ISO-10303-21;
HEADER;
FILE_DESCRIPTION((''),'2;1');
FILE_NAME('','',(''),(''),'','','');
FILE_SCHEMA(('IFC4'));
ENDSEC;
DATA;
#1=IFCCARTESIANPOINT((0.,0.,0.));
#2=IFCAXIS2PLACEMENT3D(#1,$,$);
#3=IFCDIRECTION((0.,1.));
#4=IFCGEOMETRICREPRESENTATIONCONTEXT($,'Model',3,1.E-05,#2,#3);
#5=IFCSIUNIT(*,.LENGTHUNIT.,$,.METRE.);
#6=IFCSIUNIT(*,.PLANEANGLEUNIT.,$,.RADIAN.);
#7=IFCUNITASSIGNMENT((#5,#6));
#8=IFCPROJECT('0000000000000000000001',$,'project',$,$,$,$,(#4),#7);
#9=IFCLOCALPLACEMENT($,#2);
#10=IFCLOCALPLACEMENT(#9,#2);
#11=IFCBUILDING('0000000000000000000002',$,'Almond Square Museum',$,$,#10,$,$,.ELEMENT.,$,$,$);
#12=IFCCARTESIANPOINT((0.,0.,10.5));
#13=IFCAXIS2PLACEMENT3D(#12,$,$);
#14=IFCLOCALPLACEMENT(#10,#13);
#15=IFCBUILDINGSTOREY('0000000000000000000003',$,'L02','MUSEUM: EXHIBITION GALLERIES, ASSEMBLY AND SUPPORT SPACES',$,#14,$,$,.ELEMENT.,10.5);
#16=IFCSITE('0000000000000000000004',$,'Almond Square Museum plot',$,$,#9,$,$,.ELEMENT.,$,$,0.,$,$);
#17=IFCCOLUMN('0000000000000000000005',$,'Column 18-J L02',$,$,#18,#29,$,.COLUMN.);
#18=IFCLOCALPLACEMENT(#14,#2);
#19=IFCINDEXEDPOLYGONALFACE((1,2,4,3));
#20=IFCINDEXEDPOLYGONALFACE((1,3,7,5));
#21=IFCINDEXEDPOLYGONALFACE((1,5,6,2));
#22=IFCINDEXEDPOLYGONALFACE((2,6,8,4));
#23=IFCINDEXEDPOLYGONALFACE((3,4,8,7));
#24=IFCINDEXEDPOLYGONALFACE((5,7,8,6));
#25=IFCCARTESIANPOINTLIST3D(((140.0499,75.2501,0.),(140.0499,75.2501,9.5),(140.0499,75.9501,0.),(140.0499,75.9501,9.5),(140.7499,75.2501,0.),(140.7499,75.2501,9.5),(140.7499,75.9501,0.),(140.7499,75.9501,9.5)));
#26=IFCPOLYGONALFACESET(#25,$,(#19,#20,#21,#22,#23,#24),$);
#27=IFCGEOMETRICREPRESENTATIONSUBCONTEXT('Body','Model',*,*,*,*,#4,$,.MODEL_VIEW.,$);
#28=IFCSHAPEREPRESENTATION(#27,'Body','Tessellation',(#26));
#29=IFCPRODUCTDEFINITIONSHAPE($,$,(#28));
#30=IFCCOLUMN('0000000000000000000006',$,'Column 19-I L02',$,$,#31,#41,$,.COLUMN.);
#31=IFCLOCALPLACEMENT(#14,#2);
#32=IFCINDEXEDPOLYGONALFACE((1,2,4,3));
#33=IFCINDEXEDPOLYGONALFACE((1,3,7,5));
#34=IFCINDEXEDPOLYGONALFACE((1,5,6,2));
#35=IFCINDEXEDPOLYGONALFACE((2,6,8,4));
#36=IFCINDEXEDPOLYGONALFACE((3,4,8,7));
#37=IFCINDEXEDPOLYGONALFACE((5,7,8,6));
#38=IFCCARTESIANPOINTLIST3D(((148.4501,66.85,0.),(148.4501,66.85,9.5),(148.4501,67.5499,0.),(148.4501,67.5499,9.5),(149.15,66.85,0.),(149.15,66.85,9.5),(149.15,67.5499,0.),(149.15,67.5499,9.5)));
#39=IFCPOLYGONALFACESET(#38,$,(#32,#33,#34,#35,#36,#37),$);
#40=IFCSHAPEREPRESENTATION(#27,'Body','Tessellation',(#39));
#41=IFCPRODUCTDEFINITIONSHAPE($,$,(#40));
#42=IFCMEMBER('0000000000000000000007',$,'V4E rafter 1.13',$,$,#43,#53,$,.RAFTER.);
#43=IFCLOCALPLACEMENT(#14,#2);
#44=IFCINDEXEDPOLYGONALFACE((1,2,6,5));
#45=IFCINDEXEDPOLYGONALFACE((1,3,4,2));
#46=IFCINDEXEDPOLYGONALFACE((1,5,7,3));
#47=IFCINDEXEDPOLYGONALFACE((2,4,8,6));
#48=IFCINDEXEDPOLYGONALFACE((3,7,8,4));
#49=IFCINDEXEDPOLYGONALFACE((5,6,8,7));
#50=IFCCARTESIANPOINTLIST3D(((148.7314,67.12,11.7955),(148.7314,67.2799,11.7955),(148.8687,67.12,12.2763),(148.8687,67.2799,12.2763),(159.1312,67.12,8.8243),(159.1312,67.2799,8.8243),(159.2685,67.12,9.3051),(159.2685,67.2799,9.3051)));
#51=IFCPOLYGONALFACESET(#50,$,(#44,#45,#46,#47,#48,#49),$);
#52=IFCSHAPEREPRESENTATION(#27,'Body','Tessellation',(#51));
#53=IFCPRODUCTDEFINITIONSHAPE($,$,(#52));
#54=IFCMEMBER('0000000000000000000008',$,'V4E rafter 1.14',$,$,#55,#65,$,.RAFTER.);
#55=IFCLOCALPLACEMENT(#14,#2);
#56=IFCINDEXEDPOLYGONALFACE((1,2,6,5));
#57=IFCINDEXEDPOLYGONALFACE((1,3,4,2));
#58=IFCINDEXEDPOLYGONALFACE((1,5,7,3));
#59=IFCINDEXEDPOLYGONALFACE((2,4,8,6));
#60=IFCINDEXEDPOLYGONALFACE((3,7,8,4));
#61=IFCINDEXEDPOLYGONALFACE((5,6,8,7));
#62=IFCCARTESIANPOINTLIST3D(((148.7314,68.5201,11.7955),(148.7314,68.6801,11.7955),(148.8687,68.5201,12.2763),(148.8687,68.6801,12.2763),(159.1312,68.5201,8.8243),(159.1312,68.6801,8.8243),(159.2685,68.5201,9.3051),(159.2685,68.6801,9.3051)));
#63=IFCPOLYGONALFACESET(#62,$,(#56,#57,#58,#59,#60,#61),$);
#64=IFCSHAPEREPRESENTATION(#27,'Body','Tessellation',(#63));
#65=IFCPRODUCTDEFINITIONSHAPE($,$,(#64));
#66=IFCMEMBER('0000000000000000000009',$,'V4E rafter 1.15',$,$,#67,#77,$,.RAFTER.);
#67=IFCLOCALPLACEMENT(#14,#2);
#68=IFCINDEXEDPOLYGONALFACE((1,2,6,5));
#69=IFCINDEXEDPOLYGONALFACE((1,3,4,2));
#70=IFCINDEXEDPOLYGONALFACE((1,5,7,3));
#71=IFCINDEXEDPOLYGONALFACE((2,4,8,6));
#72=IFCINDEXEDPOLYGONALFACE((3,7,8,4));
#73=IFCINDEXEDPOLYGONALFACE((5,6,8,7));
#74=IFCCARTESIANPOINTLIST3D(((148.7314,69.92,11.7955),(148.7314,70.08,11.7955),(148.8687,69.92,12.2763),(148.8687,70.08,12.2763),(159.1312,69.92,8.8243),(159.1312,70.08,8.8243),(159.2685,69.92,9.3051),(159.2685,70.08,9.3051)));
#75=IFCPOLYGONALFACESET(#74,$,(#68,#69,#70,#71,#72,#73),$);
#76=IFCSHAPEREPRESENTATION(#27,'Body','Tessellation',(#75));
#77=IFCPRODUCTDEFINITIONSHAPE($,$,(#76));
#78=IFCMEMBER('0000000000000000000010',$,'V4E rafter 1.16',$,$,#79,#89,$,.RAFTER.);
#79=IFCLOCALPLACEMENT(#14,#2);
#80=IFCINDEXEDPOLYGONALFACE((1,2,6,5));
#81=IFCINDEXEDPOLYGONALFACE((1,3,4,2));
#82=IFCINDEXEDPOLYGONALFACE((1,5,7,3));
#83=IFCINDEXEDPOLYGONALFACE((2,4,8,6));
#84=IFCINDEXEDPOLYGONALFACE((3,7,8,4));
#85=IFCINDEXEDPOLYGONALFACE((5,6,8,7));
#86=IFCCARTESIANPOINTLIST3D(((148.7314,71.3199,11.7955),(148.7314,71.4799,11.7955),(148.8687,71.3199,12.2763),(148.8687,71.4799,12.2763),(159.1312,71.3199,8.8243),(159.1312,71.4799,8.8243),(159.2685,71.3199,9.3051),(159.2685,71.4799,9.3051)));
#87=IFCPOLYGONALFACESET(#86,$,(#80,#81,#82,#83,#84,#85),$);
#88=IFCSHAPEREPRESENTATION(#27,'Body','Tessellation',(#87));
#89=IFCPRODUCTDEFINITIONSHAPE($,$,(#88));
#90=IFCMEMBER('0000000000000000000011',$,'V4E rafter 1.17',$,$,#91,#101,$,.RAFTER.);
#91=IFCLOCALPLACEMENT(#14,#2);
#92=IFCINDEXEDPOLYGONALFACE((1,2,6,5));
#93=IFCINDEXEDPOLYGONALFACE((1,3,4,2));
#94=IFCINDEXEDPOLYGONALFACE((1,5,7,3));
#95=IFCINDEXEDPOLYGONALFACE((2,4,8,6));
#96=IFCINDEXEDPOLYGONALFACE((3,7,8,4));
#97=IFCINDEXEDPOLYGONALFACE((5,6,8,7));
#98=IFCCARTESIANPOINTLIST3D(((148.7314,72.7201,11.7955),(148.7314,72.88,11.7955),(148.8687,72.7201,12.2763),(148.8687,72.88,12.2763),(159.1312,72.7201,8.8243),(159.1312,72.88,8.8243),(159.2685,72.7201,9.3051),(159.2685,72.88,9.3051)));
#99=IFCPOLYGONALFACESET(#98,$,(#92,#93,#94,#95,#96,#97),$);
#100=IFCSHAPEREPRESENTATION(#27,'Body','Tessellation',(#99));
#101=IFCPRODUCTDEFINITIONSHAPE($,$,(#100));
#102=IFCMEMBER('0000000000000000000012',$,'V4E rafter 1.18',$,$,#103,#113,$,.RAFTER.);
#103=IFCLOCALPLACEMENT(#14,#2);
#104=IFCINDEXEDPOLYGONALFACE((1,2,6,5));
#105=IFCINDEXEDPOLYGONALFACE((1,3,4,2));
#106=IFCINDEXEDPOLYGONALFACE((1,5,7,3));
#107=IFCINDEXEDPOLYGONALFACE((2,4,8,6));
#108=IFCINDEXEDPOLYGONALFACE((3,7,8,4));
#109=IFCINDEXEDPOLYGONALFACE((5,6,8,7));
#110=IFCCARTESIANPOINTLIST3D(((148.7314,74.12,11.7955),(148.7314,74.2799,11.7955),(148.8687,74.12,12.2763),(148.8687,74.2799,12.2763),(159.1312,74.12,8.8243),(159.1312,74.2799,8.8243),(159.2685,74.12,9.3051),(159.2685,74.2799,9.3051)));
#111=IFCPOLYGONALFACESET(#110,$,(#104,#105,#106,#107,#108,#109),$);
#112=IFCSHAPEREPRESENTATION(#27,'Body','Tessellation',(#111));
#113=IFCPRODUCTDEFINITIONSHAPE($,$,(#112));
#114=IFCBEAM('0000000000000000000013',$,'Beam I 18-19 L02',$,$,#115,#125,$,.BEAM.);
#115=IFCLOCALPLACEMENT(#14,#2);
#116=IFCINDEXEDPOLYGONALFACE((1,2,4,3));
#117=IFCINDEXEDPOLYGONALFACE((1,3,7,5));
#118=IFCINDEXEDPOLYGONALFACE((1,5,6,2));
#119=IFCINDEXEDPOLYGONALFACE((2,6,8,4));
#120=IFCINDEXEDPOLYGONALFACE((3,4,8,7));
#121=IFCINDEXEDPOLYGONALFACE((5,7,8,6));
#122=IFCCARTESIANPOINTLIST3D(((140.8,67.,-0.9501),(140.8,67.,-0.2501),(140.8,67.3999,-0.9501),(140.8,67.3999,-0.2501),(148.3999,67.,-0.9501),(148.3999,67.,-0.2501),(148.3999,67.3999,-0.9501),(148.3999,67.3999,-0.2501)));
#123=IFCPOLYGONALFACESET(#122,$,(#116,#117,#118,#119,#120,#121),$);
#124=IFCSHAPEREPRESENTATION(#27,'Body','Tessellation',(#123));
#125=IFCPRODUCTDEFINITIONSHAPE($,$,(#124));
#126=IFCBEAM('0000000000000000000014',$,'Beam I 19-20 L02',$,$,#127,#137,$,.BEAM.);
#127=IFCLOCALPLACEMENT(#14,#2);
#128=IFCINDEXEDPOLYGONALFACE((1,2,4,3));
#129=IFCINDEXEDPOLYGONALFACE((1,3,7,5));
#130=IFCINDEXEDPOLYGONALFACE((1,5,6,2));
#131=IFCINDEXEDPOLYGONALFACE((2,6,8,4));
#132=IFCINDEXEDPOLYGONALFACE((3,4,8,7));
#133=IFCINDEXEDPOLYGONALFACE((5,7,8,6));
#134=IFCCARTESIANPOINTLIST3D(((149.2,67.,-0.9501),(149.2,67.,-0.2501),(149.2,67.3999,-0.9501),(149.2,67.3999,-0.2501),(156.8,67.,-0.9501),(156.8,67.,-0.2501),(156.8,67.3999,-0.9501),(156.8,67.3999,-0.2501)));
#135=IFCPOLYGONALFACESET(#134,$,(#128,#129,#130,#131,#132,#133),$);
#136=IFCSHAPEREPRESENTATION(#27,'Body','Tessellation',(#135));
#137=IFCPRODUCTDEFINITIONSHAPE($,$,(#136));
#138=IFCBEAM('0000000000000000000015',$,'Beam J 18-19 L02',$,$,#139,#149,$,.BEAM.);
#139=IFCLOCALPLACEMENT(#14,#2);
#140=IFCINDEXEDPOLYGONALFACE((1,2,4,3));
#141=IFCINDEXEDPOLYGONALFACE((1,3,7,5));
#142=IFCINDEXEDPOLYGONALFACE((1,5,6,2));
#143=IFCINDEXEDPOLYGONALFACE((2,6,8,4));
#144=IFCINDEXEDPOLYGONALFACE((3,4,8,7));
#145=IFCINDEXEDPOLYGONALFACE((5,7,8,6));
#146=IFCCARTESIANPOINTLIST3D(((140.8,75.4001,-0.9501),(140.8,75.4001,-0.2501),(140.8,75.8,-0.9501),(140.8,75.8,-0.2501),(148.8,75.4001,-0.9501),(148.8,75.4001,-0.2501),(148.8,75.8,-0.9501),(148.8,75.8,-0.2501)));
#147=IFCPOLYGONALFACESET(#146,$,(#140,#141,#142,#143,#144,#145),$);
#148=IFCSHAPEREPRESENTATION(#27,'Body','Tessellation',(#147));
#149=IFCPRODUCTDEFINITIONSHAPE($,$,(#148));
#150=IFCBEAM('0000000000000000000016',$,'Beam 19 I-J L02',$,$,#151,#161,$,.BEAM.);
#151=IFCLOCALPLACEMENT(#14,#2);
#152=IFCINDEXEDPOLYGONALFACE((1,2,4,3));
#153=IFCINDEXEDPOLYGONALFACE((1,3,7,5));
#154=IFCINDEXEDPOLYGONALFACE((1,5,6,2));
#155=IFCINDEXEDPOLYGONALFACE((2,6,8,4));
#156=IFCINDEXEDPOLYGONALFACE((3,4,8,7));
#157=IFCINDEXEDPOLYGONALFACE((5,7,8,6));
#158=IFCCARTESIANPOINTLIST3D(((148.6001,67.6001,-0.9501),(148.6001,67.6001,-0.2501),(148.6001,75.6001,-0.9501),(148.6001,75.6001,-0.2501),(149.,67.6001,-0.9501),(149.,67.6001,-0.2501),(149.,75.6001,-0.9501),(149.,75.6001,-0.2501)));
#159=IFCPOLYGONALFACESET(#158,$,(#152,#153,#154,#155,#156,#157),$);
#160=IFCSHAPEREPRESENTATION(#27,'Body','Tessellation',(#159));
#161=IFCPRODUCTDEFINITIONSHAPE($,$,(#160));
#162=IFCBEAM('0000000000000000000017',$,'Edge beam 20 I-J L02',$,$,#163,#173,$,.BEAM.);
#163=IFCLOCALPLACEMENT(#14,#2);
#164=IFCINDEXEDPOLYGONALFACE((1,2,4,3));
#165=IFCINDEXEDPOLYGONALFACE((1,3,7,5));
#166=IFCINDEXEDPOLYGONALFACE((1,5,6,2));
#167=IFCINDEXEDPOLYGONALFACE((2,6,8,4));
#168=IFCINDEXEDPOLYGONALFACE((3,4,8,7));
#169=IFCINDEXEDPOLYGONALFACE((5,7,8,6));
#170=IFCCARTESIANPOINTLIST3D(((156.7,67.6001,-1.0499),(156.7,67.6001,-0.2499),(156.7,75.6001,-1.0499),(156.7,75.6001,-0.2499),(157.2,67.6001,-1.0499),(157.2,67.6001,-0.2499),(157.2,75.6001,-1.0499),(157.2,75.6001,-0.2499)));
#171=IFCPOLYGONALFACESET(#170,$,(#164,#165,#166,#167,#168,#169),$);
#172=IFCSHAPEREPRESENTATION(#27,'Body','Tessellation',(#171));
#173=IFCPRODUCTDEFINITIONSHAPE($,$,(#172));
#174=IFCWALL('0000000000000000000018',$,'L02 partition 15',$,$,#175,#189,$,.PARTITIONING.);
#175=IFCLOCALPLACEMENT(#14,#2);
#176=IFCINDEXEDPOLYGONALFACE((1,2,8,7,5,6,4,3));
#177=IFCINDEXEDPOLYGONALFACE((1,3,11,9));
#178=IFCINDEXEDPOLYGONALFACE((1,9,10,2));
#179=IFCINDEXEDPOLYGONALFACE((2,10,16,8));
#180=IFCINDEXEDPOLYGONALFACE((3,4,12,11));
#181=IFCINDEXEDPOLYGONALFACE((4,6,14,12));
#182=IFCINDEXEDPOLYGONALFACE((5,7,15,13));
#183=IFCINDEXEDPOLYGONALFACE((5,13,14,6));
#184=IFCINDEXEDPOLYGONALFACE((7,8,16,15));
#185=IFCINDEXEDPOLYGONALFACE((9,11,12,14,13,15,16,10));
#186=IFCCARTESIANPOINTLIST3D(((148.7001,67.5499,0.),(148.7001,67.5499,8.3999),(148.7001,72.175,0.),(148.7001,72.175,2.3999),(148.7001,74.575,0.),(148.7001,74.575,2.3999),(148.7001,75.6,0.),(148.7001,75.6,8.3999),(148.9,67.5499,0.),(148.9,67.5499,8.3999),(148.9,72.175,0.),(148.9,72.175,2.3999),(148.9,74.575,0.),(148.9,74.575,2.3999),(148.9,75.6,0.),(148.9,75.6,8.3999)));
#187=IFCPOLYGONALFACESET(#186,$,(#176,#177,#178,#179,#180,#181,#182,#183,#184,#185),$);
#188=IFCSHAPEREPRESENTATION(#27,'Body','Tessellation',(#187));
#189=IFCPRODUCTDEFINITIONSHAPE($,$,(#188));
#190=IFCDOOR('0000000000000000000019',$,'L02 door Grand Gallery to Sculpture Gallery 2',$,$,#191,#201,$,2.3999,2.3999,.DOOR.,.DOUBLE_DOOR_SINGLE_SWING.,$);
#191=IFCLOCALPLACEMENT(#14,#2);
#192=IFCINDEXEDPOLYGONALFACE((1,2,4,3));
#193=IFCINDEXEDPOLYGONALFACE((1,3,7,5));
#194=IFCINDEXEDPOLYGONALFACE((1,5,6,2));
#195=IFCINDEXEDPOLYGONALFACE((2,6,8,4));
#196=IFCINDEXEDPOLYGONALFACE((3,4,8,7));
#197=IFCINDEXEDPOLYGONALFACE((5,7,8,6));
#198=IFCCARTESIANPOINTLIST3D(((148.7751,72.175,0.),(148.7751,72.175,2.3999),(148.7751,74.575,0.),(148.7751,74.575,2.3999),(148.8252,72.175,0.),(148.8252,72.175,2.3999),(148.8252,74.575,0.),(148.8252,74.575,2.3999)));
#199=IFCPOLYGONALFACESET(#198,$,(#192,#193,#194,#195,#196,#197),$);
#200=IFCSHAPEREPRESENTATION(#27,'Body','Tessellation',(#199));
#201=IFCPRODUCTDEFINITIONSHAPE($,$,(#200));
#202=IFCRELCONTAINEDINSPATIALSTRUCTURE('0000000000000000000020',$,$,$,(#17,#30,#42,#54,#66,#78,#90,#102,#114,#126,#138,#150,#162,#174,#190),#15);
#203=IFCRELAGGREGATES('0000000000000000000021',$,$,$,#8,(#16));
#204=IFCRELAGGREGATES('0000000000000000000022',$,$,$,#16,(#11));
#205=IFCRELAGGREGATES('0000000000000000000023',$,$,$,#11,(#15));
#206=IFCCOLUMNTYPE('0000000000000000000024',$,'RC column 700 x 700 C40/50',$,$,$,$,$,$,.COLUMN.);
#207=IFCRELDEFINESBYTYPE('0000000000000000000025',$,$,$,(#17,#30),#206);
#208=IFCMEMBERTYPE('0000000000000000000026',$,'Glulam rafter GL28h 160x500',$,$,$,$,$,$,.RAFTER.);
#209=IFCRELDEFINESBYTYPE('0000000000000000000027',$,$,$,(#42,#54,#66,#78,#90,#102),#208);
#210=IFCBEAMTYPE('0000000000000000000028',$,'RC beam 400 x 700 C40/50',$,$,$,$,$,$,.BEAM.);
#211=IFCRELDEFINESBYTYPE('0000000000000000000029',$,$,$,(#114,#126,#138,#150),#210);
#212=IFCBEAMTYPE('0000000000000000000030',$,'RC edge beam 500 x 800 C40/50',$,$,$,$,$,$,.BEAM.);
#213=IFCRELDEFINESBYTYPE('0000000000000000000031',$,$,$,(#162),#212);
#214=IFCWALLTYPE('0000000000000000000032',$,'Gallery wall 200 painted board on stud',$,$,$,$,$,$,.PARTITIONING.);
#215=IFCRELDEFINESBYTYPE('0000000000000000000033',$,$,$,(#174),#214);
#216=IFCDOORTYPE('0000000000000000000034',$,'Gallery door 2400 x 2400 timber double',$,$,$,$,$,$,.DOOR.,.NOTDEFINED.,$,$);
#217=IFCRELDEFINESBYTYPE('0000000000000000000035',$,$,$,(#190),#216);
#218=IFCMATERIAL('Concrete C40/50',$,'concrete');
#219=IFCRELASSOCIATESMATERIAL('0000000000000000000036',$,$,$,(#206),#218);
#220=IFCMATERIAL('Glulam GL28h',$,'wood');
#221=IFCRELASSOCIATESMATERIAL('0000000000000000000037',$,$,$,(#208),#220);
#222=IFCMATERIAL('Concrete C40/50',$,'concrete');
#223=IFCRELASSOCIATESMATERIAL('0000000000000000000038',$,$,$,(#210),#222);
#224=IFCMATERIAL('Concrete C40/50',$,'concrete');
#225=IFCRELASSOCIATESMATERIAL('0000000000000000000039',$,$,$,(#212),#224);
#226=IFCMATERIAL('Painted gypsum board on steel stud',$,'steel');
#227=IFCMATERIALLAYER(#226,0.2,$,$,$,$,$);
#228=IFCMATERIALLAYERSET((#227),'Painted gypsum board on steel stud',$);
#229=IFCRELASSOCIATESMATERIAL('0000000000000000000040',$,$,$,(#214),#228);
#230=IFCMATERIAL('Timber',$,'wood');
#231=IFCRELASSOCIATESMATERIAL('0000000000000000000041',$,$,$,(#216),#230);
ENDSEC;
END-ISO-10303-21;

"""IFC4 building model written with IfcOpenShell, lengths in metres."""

from ifc_helpers import new_model, si_unit, direction, frame, frame_2d, origin, origin_2d, place, context, subcontext, project, spatial, rectangle, extrude, material, layer, layer_set, material_profile, profile_set, type_object, element, fill, save


model = new_model("IFC4")

# Units and contexts
model_context = context("Model", 3, precision=1e-05, world=origin(), true_north=direction((0.0, 1.0)))
body_context = subcontext(model_context, "Body", "Model", "MODEL_VIEW")
ifc_project = project(units=[si_unit("LENGTHUNIT", "METRE"), si_unit("PLANEANGLEUNIT", "RADIAN")], contexts=[model_context])

# Site, building, storey
site_placement = place(None, origin())
site = spatial("IfcSite", under=ifc_project, at=site_placement, Name="Almond Square Museum plot", CompositionType="ELEMENT", RefElevation=0.0)
building_placement = place(site_placement, origin())
building = spatial("IfcBuilding", under=site, at=building_placement, Name="Almond Square Museum", CompositionType="ELEMENT")
storey_placement = place(building_placement, frame((0.0, 0.0, 10.5)))
storey = spatial("IfcBuildingStorey", under=building, at=storey_placement, Name="L02", Description="MUSEUM: EXHIBITION GALLERIES, ASSEMBLY AND SUPPORT SPACES", CompositionType="ELEMENT", Elevation=10.5)

# Columns
ifc_material_1 = material(Name="Concrete C40/50", Category="concrete")
ifc_material_profile_1 = material_profile(ifc_material_1, rectangle(XDim=0.7, YDim=0.7, at=origin_2d()))
ifc_profile_set_1 = profile_set([ifc_material_profile_1], Name="Concrete C40/50")
column_type = type_object("IfcColumnType", Name="RC column 700 x 700 C40/50", PredefinedType="COLUMN", material=ifc_profile_set_1)
for number, where, z_axis, x_axis, name in (
    (1, (140.3999, 75.6001, 0.0), (0.0, 0.0, 1.0), (1.0, 0.0, 0.0), "Column 18-J L02"),
    (2, (148.8, 67.2, 0.0), (0.0, 0.0, 1.0), (1.0, 0.0, 0.0), "Column 19-I L02"),
):
    element("IfcColumn", number, at=place(storey_placement, frame(where, z_axis=z_axis, x_axis=x_axis)), inside=storey, type_object=column_type, Name=name, PredefinedType="COLUMN", context=body_context, shape_type="SweptSolid", body=[
        extrude(rectangle(XDim=0.7, YDim=0.7, at=origin_2d()), origin(), (0.0, 0.0, 1.0), 9.5),
    ])

# Members
ifc_material_2 = material(Name="Glulam GL28h", Category="wood")
ifc_material_profile_2 = material_profile(ifc_material_2, rectangle(XDim=0.1599, YDim=0.5, at=origin_2d()))
ifc_profile_set_2 = profile_set([ifc_material_profile_2], Name="Glulam GL28h")
member_type = type_object("IfcMemberType", Name="Glulam rafter GL28h 160x500", PredefinedType="RAFTER", material=ifc_profile_set_2)
for number, where, z_axis, x_axis, name in (
    (3, (148.8, 67.2, 12.0359), (0.961529, 0.0, -0.274703), (0.0, 1.0, 0.0), "V4E rafter 1.13"),
    (4, (148.8, 68.6001, 12.0359), (0.961529, 0.0, -0.274703), (0.0, 1.0, 0.0), "V4E rafter 1.14"),
    (5, (148.8, 70.0, 12.0359), (0.961529, 0.0, -0.274703), (0.0, 1.0, 0.0), "V4E rafter 1.15"),
    (6, (148.8, 71.3999, 12.0359), (0.961529, 0.0, -0.274703), (0.0, 1.0, 0.0), "V4E rafter 1.16"),
    (7, (148.8, 72.8, 12.0359), (0.961529, 0.0, -0.274703), (0.0, 1.0, 0.0), "V4E rafter 1.17"),
    (8, (148.8, 74.2, 12.0359), (0.961529, 0.0, -0.274703), (0.0, 1.0, 0.0), "V4E rafter 1.18"),
):
    element("IfcMember", number, at=place(storey_placement, frame(where, z_axis=z_axis, x_axis=x_axis)), inside=storey, type_object=member_type, Name=name, PredefinedType="RAFTER", context=body_context, shape_type="SweptSolid", body=[
        extrude(rectangle(XDim=0.1599, YDim=0.5, at=origin_2d()), origin(), (0.0, 0.0, 1.0), 10.8159),
    ])

# Beams
ifc_material_3 = material(Name="Concrete C40/50", Category="concrete")
ifc_material_profile_3 = material_profile(ifc_material_3, rectangle(XDim=0.3999, YDim=0.7, at=origin_2d()))
ifc_profile_set_3 = profile_set([ifc_material_profile_3], Name="Concrete C40/50")
beam_type_1 = type_object("IfcBeamType", Name="RC beam 400 x 700 C40/50", PredefinedType="BEAM", material=ifc_profile_set_3)
beam_1_placement = place(storey_placement, frame((140.8, 67.2, -0.6001), z_axis=(1.0, 0.0, 0.0), x_axis=(0.0, 1.0, 0.0)))
element("IfcBeam", 9, at=beam_1_placement, inside=storey, type_object=beam_type_1, Name="Beam I 18-19 L02", PredefinedType="BEAM", context=body_context, shape_type="SweptSolid", body=[
    extrude(rectangle(XDim=0.3999, YDim=0.7, at=origin_2d()), origin(), (0.0, 0.0, 1.0), 7.5999),
])
beam_2_placement = place(storey_placement, frame((149.2, 67.2, -0.6001), z_axis=(1.0, 0.0, 0.0), x_axis=(0.0, 1.0, 0.0)))
element("IfcBeam", 10, at=beam_2_placement, inside=storey, type_object=beam_type_1, Name="Beam I 19-20 L02", PredefinedType="BEAM", context=body_context, shape_type="SweptSolid", body=[
    extrude(rectangle(XDim=0.3999, YDim=0.7, at=origin_2d()), origin(), (0.0, 0.0, 1.0), 7.6001),
])
for number, where, z_axis, x_axis, name in (
    (11, (140.8, 75.6001, -0.6001), (1.0, 0.0, 0.0), (0.0, 1.0, 0.0), "Beam J 18-19 L02"),
    (12, (148.8, 67.6001, -0.6001), (0.0, 1.0, 0.0), (-1.0, 0.0, 0.0), "Beam 19 I-J L02"),
):
    element("IfcBeam", number, at=place(storey_placement, frame(where, z_axis=z_axis, x_axis=x_axis)), inside=storey, type_object=beam_type_1, Name=name, PredefinedType="BEAM", context=body_context, shape_type="SweptSolid", body=[
        extrude(rectangle(XDim=0.3999, YDim=0.7, at=origin_2d()), origin(), (0.0, 0.0, 1.0), 8.0),
    ])
ifc_material_4 = material(Name="Concrete C40/50", Category="concrete")
ifc_material_profile_4 = material_profile(ifc_material_4, rectangle(XDim=0.5, YDim=0.8, at=origin_2d()))
ifc_profile_set_4 = profile_set([ifc_material_profile_4], Name="Concrete C40/50")
beam_type_2 = type_object("IfcBeamType", Name="RC edge beam 500 x 800 C40/50", PredefinedType="BEAM", material=ifc_profile_set_4)
beam_3_placement = place(storey_placement, frame((156.95, 67.6001, -0.6499), z_axis=(0.0, 1.0, 0.0), x_axis=(-1.0, 0.0, 0.0)))
element("IfcBeam", 13, at=beam_3_placement, inside=storey, type_object=beam_type_2, Name="Edge beam 20 I-J L02", PredefinedType="BEAM", context=body_context, shape_type="SweptSolid", body=[
    extrude(rectangle(XDim=0.5, YDim=0.8, at=origin_2d()), origin(), (0.0, 0.0, 1.0), 8.0),
])

# Wall, opening, door
ifc_material_5 = material(Name="Painted gypsum board on steel stud", Category="steel")
ifc_layer_1 = layer(ifc_material_5, 0.2)
ifc_layer_set_1 = layer_set([ifc_layer_1], Name="Painted gypsum board on steel stud")
wall_type_1 = type_object("IfcWallType", Name="Gallery wall 200 painted board on stud", PredefinedType="PARTITIONING", material=ifc_layer_set_1)
wall_1_placement = place(storey_placement, frame((148.8, 67.55, 0.0), z_axis=(0.0, 0.0, 1.0), x_axis=(0.0, 1.0, 0.0)))
wall_1 = element("IfcWall", 14, at=wall_1_placement, inside=storey, type_object=wall_type_1, Name="L02 partition 15", PredefinedType="PARTITIONING", context=body_context, shape_type="SweptSolid", body=[
    extrude(rectangle(XDim=8.05, YDim=0.2, at=frame_2d((4.0249, 0.0))), origin(), (0.0, 0.0, 1.0), 8.3999),
])
opening_placement = place(wall_1_placement, frame((4.625, 0.0, 0.0)))
opening = element("IfcOpeningElement", 15, at=opening_placement, cuts=wall_1, PredefinedType="OPENING", context=body_context, shape_type="SweptSolid", body=[
    extrude(rectangle(XDim=2.3999, YDim=2.3999, at=frame_2d((1.2, 1.2))), frame((0.0, 0.1099, 0.0), z_axis=(0.0, -1.0, 0.0), x_axis=(1.0, 0.0, 0.0)), (0.0, 0.0, 1.0), 0.22),
])
ifc_material_6 = material(Name="Timber", Category="wood")
door_type = type_object("IfcDoorType", Name="Gallery door 2400 x 2400 timber double", OperationType="NOTDEFINED", PredefinedType="DOOR", material=ifc_material_6)
door_placement = place(opening_placement, origin())
door = element("IfcDoor", 16, at=door_placement, inside=storey, type_object=door_type, Name="L02 door Grand Gallery to Sculpture Gallery 2", OperationType="DOUBLE_DOOR_SINGLE_SWING", OverallHeight=2.3999, OverallWidth=2.3999, PredefinedType="DOOR", context=body_context, shape_type="SweptSolid", body=[
    extrude(rectangle(XDim=2.3999, YDim=2.3999, at=frame_2d((1.2, 1.2))), frame((0.0, 0.0249, 0.0), z_axis=(0.0, -1.0, 0.0), x_axis=(1.0, 0.0, 0.0)), (0.0, 0.0, 1.0), 0.05),
])
fill(opening, door)

save(model, "model.ifc")
